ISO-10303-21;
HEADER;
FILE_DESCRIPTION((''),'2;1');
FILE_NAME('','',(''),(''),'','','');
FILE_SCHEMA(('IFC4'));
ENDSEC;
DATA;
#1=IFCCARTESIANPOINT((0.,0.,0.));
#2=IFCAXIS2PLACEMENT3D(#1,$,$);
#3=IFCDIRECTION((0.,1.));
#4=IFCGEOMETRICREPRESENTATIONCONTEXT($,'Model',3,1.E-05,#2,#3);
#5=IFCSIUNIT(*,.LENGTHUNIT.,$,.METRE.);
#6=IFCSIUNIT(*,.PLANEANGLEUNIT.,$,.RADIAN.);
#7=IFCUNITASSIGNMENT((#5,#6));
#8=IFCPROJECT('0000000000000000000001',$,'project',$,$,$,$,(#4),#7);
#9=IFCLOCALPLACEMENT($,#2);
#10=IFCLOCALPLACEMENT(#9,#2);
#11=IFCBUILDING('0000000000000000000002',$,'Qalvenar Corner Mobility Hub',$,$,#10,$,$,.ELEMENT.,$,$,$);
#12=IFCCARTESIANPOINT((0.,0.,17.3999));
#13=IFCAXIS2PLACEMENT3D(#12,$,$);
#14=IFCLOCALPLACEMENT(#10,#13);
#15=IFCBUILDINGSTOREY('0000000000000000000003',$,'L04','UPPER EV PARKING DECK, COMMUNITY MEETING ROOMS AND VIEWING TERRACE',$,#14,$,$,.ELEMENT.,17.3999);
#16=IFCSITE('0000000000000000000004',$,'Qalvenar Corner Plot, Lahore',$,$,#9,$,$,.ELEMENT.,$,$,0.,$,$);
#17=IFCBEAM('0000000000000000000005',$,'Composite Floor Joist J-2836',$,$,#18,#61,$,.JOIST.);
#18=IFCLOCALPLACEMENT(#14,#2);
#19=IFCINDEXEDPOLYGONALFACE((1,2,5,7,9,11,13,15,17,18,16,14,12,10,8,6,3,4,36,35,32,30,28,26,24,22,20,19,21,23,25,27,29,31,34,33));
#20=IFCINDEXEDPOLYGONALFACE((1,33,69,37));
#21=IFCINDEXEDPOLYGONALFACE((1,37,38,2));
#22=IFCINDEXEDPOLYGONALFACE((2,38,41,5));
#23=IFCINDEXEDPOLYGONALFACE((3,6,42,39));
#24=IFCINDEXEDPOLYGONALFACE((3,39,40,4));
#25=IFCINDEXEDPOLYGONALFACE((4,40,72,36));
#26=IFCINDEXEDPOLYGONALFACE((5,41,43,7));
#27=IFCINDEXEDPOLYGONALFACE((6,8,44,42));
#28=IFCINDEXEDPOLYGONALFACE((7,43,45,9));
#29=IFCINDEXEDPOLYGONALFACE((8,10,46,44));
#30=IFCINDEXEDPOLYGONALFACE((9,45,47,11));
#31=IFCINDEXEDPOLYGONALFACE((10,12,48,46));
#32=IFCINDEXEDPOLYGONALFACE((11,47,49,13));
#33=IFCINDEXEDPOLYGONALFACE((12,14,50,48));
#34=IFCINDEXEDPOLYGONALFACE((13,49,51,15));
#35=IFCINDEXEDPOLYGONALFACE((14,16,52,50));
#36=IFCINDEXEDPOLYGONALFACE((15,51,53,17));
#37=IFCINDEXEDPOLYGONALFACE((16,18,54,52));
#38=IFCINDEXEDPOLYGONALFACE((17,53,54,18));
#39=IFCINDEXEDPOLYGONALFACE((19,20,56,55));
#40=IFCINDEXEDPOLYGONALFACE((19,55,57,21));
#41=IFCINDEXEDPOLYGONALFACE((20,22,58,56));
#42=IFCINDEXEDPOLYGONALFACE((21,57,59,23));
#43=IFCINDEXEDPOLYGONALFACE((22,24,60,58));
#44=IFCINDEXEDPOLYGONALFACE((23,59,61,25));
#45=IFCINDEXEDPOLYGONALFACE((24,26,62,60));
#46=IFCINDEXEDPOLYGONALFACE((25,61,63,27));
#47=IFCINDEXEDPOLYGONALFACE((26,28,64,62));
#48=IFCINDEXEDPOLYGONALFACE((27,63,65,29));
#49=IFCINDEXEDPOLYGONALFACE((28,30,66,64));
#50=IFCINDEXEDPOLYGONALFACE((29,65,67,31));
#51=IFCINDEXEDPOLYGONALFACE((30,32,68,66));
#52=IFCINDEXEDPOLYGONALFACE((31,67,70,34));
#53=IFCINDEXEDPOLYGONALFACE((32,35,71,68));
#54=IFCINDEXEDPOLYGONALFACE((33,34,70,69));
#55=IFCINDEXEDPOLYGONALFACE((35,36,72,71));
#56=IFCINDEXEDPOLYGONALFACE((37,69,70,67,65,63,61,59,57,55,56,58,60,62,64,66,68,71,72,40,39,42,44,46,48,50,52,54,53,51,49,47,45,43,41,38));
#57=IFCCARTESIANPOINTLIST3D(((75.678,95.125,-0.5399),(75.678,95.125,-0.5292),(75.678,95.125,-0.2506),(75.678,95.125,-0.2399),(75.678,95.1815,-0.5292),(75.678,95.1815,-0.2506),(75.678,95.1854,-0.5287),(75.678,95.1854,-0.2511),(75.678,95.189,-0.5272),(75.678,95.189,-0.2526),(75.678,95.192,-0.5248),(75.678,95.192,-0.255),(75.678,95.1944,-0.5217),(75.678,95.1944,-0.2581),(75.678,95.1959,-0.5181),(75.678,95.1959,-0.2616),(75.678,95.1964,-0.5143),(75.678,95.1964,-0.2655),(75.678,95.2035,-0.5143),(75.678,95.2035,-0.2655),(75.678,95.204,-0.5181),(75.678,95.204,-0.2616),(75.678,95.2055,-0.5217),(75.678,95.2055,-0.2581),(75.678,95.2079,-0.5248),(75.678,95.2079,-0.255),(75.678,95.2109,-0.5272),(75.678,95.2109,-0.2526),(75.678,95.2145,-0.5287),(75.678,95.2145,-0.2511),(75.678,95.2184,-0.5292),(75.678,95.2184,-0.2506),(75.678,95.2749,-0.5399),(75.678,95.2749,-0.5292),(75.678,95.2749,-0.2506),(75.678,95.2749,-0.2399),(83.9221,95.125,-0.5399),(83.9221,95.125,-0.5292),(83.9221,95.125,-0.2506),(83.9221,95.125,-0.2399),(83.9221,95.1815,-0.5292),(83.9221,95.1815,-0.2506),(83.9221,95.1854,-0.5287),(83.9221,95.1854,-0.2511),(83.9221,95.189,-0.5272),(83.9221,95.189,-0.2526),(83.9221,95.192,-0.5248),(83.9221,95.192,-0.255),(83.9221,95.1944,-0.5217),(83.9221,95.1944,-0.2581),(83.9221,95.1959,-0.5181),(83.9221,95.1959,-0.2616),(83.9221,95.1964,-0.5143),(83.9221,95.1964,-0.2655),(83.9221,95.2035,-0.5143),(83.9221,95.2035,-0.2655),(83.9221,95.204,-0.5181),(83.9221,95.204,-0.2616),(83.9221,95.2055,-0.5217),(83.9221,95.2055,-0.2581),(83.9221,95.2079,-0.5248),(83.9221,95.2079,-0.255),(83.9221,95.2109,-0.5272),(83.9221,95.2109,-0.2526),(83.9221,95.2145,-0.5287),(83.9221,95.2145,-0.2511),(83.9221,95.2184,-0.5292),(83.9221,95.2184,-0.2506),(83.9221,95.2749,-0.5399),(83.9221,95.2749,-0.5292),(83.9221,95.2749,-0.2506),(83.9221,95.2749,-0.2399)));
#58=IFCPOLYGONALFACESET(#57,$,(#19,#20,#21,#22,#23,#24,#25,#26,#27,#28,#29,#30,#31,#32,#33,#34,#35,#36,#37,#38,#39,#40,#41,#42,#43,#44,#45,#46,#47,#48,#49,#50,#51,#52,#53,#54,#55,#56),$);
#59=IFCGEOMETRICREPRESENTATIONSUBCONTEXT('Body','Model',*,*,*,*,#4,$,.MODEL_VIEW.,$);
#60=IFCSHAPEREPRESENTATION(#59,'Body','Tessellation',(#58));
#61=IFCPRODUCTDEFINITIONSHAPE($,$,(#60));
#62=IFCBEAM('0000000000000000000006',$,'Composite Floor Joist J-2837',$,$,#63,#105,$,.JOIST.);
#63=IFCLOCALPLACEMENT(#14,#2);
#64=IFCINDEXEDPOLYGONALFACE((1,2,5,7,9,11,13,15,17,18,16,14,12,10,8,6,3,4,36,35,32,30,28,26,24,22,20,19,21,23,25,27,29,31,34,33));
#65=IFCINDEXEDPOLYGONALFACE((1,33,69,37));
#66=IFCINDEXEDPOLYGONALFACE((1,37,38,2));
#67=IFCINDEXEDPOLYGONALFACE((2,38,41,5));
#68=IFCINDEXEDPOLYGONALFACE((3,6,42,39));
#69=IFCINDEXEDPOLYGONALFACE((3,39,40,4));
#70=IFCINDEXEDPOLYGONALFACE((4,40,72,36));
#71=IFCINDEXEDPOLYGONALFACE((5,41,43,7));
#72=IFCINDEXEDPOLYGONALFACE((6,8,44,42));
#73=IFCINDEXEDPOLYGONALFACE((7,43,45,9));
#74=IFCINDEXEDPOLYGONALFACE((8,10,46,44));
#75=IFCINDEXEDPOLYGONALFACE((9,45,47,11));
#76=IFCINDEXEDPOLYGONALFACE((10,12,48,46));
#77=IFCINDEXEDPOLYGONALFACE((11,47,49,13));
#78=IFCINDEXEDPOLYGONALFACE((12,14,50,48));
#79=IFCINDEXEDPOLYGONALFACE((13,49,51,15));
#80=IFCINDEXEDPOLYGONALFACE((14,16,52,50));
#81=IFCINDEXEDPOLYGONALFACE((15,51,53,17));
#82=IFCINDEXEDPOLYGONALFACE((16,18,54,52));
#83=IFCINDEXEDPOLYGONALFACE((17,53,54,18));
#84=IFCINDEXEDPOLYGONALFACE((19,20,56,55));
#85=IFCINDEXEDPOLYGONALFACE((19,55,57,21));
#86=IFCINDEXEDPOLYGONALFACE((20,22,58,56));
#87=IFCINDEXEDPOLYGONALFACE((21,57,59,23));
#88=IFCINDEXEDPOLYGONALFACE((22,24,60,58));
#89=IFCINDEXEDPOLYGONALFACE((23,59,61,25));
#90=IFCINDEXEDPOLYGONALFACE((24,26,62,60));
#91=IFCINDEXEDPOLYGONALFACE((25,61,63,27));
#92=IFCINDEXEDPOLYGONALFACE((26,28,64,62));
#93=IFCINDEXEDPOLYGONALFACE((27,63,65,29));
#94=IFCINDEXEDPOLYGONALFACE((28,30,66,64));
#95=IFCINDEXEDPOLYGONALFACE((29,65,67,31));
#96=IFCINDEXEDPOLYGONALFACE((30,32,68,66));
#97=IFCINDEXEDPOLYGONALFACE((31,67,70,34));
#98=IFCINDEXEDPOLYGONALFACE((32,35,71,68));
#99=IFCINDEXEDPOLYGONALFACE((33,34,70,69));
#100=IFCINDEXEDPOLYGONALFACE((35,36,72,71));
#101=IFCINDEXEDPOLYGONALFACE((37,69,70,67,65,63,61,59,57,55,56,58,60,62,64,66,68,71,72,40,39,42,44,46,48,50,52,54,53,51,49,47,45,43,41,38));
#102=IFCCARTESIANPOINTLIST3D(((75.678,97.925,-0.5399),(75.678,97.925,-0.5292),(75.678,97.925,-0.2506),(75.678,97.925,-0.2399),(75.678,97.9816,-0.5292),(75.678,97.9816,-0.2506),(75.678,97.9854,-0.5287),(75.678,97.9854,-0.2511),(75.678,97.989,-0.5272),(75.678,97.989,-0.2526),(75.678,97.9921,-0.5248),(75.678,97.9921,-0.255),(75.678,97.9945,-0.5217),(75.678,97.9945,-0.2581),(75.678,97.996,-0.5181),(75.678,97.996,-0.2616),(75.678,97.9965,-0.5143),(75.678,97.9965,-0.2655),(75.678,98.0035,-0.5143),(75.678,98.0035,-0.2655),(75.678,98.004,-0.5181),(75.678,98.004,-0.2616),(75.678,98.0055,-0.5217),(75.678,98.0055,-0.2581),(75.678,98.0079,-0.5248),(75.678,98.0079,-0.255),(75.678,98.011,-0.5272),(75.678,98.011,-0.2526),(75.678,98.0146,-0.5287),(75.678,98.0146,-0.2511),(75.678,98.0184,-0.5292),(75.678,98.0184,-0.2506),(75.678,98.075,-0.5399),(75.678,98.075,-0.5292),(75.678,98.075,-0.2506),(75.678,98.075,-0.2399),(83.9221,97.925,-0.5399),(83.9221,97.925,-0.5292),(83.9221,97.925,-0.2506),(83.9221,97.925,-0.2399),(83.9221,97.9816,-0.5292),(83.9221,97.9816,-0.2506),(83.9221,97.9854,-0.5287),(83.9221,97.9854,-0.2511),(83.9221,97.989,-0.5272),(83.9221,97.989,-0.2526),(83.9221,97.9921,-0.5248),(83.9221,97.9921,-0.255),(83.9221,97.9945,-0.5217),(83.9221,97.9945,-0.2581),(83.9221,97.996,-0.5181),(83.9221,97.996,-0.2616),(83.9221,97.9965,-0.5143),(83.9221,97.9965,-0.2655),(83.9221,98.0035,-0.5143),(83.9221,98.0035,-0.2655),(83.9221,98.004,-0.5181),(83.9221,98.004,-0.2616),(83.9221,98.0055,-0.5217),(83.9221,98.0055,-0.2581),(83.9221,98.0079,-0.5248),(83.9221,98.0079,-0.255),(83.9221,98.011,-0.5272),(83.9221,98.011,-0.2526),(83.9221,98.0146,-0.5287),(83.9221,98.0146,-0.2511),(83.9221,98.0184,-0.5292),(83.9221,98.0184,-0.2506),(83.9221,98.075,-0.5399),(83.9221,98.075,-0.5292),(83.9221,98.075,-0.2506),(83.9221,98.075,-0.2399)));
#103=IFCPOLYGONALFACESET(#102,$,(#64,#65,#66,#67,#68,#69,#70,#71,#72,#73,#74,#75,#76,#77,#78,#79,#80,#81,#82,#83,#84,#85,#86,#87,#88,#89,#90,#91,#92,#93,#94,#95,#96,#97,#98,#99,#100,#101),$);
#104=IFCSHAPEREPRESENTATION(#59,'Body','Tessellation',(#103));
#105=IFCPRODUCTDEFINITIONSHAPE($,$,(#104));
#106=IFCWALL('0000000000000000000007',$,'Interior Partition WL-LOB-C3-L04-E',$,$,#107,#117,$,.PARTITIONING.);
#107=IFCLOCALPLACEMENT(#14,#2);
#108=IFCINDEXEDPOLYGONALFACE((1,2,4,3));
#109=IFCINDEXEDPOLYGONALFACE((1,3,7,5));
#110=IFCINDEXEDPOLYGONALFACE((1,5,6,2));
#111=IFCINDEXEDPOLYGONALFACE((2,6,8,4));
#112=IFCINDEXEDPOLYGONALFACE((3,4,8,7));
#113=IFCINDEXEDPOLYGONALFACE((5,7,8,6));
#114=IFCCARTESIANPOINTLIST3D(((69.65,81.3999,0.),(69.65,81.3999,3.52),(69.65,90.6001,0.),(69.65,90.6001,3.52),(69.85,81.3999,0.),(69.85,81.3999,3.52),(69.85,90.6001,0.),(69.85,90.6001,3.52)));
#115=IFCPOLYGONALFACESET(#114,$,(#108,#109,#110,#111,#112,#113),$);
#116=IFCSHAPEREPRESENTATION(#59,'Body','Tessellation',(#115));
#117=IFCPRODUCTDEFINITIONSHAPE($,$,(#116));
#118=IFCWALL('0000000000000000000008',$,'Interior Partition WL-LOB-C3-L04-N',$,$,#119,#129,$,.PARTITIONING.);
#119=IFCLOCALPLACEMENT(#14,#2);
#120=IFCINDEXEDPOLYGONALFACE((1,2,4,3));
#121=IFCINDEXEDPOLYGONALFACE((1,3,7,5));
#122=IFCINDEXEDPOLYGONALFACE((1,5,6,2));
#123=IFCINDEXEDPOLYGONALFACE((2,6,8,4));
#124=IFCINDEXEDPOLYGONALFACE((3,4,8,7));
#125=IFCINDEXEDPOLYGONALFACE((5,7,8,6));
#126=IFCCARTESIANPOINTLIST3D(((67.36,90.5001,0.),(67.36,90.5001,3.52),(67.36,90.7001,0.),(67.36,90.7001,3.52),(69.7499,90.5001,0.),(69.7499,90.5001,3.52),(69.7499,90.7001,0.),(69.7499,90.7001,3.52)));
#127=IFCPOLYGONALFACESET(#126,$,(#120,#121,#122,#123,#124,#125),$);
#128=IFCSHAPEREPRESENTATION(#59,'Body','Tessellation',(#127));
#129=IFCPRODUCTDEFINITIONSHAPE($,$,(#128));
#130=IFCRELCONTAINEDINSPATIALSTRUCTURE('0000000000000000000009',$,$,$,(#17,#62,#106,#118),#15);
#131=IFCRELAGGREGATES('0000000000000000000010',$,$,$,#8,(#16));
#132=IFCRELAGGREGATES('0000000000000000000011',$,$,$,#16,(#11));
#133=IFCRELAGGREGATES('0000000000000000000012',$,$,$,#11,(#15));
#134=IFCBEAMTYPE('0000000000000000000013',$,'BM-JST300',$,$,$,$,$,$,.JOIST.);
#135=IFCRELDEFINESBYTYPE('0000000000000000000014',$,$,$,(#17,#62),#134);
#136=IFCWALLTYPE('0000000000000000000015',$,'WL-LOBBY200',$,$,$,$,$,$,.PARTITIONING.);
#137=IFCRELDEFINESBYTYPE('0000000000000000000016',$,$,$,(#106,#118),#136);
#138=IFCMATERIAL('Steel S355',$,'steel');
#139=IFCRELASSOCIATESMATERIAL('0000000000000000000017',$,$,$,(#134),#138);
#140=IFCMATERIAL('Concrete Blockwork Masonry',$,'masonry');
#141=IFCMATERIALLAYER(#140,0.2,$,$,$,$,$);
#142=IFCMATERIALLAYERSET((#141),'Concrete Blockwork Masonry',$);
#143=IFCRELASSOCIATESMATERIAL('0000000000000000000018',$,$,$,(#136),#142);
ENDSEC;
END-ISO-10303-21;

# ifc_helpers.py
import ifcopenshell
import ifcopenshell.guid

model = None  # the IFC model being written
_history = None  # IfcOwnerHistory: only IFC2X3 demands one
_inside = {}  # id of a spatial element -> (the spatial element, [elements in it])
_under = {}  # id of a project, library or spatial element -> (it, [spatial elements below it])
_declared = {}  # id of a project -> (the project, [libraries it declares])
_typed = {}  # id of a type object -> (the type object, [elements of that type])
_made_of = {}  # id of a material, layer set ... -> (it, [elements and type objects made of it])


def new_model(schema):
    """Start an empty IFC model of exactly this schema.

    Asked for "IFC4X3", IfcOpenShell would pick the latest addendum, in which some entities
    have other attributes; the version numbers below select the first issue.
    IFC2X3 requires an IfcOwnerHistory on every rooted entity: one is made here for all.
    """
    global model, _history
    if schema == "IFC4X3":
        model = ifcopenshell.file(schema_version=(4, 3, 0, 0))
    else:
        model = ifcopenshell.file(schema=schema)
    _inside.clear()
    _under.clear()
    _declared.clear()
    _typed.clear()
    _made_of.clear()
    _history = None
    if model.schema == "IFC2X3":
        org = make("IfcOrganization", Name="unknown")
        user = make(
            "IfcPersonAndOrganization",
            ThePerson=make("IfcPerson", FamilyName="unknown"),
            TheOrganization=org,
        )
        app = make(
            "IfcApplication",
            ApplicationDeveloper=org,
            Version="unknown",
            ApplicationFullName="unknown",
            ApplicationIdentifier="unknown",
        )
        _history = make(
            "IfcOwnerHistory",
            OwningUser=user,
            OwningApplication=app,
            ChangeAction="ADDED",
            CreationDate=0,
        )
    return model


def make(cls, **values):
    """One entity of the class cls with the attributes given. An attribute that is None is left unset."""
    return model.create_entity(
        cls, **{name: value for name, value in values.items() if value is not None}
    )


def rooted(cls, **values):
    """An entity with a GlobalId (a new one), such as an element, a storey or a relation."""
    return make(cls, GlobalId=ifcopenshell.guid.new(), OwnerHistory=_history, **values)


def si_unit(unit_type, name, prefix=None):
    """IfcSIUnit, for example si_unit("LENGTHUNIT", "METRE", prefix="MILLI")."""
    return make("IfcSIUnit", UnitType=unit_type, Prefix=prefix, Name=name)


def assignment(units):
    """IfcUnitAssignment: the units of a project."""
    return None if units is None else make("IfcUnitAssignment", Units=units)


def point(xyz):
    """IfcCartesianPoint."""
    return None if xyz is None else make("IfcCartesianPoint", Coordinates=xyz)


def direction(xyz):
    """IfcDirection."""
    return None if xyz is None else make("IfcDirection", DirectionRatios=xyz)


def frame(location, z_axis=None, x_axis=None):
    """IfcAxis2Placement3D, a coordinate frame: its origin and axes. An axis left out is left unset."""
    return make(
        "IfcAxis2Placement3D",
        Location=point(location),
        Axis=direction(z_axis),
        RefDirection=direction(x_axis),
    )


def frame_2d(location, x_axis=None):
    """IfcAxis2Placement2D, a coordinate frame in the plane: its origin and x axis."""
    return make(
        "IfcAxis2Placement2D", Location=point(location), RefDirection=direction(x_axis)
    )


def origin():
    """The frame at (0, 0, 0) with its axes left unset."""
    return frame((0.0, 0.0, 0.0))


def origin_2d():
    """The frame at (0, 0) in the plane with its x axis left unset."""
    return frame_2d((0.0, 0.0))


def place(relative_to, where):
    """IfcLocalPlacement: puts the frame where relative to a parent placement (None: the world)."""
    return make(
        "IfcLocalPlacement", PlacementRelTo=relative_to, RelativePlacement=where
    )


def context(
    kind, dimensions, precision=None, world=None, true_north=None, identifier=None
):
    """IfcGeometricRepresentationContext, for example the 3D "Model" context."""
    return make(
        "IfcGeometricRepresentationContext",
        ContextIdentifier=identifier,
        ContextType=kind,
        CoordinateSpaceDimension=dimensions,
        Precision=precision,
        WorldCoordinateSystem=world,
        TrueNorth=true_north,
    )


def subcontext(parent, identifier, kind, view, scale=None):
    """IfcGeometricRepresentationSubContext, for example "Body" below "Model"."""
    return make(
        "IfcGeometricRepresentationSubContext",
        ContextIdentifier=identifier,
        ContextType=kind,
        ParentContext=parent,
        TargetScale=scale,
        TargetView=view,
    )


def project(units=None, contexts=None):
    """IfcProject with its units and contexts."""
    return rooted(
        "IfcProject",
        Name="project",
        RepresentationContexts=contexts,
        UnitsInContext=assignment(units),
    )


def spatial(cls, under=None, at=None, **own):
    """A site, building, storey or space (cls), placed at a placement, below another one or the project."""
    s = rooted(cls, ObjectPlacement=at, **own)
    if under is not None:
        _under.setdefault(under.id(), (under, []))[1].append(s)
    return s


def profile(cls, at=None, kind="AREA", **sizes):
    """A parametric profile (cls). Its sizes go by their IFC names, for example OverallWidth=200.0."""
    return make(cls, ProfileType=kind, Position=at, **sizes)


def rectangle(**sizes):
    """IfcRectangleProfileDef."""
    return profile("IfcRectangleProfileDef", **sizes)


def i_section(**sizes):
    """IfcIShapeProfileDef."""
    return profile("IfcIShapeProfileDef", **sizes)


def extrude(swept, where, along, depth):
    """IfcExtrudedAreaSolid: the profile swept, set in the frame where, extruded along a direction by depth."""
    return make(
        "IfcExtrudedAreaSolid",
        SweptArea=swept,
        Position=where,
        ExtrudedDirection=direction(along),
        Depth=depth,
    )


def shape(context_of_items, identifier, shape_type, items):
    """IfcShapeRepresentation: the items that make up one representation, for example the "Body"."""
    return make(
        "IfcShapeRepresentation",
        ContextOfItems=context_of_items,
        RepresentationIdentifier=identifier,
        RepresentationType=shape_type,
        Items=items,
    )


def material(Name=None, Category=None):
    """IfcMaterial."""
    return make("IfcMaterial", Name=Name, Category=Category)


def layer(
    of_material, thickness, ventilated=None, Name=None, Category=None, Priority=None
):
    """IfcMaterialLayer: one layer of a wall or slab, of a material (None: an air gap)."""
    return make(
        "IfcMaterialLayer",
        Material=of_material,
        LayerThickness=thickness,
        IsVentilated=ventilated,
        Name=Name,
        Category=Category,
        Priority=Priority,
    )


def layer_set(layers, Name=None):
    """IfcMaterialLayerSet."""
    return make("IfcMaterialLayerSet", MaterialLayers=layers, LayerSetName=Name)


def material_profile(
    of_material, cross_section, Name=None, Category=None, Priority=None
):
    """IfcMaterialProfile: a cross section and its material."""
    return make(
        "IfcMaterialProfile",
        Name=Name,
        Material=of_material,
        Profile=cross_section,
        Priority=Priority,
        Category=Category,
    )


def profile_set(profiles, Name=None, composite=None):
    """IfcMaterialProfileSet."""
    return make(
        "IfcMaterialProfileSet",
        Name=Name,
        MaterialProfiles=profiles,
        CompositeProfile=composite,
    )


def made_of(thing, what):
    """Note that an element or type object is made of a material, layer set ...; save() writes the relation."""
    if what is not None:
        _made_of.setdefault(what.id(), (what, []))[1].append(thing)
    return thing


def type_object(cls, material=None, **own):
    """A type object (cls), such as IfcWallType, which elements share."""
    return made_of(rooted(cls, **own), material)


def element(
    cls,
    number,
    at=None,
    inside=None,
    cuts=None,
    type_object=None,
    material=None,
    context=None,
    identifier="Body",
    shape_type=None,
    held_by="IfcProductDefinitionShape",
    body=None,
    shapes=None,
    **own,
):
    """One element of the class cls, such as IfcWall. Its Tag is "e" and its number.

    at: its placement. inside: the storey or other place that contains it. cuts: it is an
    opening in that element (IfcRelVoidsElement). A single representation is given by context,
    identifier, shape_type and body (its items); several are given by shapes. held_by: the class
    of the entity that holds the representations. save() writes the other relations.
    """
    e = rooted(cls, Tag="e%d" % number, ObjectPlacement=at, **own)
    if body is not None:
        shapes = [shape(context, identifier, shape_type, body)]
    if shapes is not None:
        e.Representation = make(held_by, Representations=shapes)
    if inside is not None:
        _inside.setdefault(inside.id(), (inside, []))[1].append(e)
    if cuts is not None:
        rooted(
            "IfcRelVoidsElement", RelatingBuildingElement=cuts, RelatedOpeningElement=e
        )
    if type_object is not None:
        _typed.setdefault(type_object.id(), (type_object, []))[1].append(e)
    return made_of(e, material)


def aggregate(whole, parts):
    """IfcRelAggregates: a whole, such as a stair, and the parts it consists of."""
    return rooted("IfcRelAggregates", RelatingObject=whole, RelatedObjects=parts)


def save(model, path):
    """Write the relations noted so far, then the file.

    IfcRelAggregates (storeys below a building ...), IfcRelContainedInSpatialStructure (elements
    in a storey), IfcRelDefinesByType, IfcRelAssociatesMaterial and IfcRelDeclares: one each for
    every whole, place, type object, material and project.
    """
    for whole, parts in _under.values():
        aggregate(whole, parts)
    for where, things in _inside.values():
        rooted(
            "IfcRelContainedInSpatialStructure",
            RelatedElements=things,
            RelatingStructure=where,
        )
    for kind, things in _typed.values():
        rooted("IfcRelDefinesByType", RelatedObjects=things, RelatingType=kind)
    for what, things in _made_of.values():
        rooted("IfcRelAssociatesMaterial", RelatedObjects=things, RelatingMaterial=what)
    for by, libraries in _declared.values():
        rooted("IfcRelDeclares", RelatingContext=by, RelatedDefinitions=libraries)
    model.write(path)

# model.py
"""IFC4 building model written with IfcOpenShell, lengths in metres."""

from ifc_helpers import new_model, si_unit, direction, frame, frame_2d, origin, origin_2d, place, context, subcontext, project, spatial, rectangle, i_section, extrude, material, layer, layer_set, material_profile, profile_set, type_object, element, save


model = new_model("IFC4")

# Units and contexts
model_context = context("Model", 3, precision=1e-05, world=origin(), true_north=direction((0.0, 1.0)))
body_context = subcontext(model_context, "Body", "Model", "MODEL_VIEW")
ifc_project = project(units=[si_unit("LENGTHUNIT", "METRE"), si_unit("PLANEANGLEUNIT", "RADIAN")], contexts=[model_context])

# Site, building, storey
site_placement = place(None, origin())
site = spatial("IfcSite", under=ifc_project, at=site_placement, Name="Qalvenar Corner Plot, Lahore", CompositionType="ELEMENT", RefElevation=0.0)
building_placement = place(site_placement, origin())
building = spatial("IfcBuilding", under=site, at=building_placement, Name="Qalvenar Corner Mobility Hub", CompositionType="ELEMENT")
storey_placement = place(building_placement, frame((0.0, 0.0, 17.3999)))
storey = spatial("IfcBuildingStorey", under=building, at=storey_placement, Name="L04", Description="UPPER EV PARKING DECK, COMMUNITY MEETING ROOMS AND VIEWING TERRACE", CompositionType="ELEMENT", Elevation=17.3999)

# Shared definitions
ifc_material_1 = material(Name="Steel S355", Category="steel")

# Beams
ifc_material_profile_1 = material_profile(ifc_material_1, i_section(OverallWidth=0.1499, OverallDepth=0.3, WebThickness=0.0071, FlangeThickness=0.0107, FilletRadius=0.0149, at=origin_2d()), Name="IPE300")
ifc_profile_set_1 = profile_set([ifc_material_profile_1], Name="Steel S355")
beam_type_1 = type_object("IfcBeamType", Name="BM-JST300", PredefinedType="JOIST", material=ifc_profile_set_1)
for number, where, z_axis, x_axis, name in (
    (1, (75.678, 95.2, -0.3899), (1.0, 0.0, 0.0), (0.0, 1.0, 0.0), "Composite Floor Joist J-2836"),
    (2, (75.678, 98.0, -0.3899), (1.0, 0.0, 0.0), (0.0, 1.0, 0.0), "Composite Floor Joist J-2837"),
):
    element("IfcBeam", number, at=place(storey_placement, frame(where, z_axis=z_axis, x_axis=x_axis)), inside=storey, type_object=beam_type_1, Name=name, PredefinedType="JOIST", context=body_context, shape_type="SweptSolid", body=[
        extrude(i_section(OverallWidth=0.1499, OverallDepth=0.3, WebThickness=0.0071, FlangeThickness=0.0107, FilletRadius=0.0149, at=origin_2d()), origin(), (0.0, 0.0, 1.0), 8.2441),
    ])

# Walls
ifc_material_2 = material(Name="Concrete Blockwork Masonry", Category="masonry")
ifc_layer = layer(ifc_material_2, 0.2)
ifc_layer_set = layer_set([ifc_layer], Name="Concrete Blockwork Masonry")
wall_type = type_object("IfcWallType", Name="WL-LOBBY200", PredefinedType="PARTITIONING", material=ifc_layer_set)
wall_1_placement = place(storey_placement, frame((69.75, 81.3999, 0.0), z_axis=(0.0, 0.0, 1.0), x_axis=(0.0, 1.0, 0.0)))
element("IfcWall", 3, at=wall_1_placement, inside=storey, type_object=wall_type, Name="Interior Partition WL-LOB-C3-L04-E", PredefinedType="PARTITIONING", context=body_context, shape_type="SweptSolid", body=[
    extrude(rectangle(XDim=9.2002, YDim=0.2, at=frame_2d((4.6001, 0.0))), origin(), (0.0, 0.0, 1.0), 3.52),
])
wall_2_placement = place(storey_placement, frame((67.3601, 90.6001, 0.0), z_axis=(0.0, 0.0, 1.0), x_axis=(1.0, 0.0, 0.0)))
element("IfcWall", 4, at=wall_2_placement, inside=storey, type_object=wall_type, Name="Interior Partition WL-LOB-C3-L04-N", PredefinedType="PARTITIONING", context=body_context, shape_type="SweptSolid", body=[
    extrude(rectangle(XDim=2.3899, YDim=0.2, at=frame_2d((1.1948, 0.0))), origin(), (0.0, 0.0, 1.0), 3.52),
])

save(model, "model.ifc")
